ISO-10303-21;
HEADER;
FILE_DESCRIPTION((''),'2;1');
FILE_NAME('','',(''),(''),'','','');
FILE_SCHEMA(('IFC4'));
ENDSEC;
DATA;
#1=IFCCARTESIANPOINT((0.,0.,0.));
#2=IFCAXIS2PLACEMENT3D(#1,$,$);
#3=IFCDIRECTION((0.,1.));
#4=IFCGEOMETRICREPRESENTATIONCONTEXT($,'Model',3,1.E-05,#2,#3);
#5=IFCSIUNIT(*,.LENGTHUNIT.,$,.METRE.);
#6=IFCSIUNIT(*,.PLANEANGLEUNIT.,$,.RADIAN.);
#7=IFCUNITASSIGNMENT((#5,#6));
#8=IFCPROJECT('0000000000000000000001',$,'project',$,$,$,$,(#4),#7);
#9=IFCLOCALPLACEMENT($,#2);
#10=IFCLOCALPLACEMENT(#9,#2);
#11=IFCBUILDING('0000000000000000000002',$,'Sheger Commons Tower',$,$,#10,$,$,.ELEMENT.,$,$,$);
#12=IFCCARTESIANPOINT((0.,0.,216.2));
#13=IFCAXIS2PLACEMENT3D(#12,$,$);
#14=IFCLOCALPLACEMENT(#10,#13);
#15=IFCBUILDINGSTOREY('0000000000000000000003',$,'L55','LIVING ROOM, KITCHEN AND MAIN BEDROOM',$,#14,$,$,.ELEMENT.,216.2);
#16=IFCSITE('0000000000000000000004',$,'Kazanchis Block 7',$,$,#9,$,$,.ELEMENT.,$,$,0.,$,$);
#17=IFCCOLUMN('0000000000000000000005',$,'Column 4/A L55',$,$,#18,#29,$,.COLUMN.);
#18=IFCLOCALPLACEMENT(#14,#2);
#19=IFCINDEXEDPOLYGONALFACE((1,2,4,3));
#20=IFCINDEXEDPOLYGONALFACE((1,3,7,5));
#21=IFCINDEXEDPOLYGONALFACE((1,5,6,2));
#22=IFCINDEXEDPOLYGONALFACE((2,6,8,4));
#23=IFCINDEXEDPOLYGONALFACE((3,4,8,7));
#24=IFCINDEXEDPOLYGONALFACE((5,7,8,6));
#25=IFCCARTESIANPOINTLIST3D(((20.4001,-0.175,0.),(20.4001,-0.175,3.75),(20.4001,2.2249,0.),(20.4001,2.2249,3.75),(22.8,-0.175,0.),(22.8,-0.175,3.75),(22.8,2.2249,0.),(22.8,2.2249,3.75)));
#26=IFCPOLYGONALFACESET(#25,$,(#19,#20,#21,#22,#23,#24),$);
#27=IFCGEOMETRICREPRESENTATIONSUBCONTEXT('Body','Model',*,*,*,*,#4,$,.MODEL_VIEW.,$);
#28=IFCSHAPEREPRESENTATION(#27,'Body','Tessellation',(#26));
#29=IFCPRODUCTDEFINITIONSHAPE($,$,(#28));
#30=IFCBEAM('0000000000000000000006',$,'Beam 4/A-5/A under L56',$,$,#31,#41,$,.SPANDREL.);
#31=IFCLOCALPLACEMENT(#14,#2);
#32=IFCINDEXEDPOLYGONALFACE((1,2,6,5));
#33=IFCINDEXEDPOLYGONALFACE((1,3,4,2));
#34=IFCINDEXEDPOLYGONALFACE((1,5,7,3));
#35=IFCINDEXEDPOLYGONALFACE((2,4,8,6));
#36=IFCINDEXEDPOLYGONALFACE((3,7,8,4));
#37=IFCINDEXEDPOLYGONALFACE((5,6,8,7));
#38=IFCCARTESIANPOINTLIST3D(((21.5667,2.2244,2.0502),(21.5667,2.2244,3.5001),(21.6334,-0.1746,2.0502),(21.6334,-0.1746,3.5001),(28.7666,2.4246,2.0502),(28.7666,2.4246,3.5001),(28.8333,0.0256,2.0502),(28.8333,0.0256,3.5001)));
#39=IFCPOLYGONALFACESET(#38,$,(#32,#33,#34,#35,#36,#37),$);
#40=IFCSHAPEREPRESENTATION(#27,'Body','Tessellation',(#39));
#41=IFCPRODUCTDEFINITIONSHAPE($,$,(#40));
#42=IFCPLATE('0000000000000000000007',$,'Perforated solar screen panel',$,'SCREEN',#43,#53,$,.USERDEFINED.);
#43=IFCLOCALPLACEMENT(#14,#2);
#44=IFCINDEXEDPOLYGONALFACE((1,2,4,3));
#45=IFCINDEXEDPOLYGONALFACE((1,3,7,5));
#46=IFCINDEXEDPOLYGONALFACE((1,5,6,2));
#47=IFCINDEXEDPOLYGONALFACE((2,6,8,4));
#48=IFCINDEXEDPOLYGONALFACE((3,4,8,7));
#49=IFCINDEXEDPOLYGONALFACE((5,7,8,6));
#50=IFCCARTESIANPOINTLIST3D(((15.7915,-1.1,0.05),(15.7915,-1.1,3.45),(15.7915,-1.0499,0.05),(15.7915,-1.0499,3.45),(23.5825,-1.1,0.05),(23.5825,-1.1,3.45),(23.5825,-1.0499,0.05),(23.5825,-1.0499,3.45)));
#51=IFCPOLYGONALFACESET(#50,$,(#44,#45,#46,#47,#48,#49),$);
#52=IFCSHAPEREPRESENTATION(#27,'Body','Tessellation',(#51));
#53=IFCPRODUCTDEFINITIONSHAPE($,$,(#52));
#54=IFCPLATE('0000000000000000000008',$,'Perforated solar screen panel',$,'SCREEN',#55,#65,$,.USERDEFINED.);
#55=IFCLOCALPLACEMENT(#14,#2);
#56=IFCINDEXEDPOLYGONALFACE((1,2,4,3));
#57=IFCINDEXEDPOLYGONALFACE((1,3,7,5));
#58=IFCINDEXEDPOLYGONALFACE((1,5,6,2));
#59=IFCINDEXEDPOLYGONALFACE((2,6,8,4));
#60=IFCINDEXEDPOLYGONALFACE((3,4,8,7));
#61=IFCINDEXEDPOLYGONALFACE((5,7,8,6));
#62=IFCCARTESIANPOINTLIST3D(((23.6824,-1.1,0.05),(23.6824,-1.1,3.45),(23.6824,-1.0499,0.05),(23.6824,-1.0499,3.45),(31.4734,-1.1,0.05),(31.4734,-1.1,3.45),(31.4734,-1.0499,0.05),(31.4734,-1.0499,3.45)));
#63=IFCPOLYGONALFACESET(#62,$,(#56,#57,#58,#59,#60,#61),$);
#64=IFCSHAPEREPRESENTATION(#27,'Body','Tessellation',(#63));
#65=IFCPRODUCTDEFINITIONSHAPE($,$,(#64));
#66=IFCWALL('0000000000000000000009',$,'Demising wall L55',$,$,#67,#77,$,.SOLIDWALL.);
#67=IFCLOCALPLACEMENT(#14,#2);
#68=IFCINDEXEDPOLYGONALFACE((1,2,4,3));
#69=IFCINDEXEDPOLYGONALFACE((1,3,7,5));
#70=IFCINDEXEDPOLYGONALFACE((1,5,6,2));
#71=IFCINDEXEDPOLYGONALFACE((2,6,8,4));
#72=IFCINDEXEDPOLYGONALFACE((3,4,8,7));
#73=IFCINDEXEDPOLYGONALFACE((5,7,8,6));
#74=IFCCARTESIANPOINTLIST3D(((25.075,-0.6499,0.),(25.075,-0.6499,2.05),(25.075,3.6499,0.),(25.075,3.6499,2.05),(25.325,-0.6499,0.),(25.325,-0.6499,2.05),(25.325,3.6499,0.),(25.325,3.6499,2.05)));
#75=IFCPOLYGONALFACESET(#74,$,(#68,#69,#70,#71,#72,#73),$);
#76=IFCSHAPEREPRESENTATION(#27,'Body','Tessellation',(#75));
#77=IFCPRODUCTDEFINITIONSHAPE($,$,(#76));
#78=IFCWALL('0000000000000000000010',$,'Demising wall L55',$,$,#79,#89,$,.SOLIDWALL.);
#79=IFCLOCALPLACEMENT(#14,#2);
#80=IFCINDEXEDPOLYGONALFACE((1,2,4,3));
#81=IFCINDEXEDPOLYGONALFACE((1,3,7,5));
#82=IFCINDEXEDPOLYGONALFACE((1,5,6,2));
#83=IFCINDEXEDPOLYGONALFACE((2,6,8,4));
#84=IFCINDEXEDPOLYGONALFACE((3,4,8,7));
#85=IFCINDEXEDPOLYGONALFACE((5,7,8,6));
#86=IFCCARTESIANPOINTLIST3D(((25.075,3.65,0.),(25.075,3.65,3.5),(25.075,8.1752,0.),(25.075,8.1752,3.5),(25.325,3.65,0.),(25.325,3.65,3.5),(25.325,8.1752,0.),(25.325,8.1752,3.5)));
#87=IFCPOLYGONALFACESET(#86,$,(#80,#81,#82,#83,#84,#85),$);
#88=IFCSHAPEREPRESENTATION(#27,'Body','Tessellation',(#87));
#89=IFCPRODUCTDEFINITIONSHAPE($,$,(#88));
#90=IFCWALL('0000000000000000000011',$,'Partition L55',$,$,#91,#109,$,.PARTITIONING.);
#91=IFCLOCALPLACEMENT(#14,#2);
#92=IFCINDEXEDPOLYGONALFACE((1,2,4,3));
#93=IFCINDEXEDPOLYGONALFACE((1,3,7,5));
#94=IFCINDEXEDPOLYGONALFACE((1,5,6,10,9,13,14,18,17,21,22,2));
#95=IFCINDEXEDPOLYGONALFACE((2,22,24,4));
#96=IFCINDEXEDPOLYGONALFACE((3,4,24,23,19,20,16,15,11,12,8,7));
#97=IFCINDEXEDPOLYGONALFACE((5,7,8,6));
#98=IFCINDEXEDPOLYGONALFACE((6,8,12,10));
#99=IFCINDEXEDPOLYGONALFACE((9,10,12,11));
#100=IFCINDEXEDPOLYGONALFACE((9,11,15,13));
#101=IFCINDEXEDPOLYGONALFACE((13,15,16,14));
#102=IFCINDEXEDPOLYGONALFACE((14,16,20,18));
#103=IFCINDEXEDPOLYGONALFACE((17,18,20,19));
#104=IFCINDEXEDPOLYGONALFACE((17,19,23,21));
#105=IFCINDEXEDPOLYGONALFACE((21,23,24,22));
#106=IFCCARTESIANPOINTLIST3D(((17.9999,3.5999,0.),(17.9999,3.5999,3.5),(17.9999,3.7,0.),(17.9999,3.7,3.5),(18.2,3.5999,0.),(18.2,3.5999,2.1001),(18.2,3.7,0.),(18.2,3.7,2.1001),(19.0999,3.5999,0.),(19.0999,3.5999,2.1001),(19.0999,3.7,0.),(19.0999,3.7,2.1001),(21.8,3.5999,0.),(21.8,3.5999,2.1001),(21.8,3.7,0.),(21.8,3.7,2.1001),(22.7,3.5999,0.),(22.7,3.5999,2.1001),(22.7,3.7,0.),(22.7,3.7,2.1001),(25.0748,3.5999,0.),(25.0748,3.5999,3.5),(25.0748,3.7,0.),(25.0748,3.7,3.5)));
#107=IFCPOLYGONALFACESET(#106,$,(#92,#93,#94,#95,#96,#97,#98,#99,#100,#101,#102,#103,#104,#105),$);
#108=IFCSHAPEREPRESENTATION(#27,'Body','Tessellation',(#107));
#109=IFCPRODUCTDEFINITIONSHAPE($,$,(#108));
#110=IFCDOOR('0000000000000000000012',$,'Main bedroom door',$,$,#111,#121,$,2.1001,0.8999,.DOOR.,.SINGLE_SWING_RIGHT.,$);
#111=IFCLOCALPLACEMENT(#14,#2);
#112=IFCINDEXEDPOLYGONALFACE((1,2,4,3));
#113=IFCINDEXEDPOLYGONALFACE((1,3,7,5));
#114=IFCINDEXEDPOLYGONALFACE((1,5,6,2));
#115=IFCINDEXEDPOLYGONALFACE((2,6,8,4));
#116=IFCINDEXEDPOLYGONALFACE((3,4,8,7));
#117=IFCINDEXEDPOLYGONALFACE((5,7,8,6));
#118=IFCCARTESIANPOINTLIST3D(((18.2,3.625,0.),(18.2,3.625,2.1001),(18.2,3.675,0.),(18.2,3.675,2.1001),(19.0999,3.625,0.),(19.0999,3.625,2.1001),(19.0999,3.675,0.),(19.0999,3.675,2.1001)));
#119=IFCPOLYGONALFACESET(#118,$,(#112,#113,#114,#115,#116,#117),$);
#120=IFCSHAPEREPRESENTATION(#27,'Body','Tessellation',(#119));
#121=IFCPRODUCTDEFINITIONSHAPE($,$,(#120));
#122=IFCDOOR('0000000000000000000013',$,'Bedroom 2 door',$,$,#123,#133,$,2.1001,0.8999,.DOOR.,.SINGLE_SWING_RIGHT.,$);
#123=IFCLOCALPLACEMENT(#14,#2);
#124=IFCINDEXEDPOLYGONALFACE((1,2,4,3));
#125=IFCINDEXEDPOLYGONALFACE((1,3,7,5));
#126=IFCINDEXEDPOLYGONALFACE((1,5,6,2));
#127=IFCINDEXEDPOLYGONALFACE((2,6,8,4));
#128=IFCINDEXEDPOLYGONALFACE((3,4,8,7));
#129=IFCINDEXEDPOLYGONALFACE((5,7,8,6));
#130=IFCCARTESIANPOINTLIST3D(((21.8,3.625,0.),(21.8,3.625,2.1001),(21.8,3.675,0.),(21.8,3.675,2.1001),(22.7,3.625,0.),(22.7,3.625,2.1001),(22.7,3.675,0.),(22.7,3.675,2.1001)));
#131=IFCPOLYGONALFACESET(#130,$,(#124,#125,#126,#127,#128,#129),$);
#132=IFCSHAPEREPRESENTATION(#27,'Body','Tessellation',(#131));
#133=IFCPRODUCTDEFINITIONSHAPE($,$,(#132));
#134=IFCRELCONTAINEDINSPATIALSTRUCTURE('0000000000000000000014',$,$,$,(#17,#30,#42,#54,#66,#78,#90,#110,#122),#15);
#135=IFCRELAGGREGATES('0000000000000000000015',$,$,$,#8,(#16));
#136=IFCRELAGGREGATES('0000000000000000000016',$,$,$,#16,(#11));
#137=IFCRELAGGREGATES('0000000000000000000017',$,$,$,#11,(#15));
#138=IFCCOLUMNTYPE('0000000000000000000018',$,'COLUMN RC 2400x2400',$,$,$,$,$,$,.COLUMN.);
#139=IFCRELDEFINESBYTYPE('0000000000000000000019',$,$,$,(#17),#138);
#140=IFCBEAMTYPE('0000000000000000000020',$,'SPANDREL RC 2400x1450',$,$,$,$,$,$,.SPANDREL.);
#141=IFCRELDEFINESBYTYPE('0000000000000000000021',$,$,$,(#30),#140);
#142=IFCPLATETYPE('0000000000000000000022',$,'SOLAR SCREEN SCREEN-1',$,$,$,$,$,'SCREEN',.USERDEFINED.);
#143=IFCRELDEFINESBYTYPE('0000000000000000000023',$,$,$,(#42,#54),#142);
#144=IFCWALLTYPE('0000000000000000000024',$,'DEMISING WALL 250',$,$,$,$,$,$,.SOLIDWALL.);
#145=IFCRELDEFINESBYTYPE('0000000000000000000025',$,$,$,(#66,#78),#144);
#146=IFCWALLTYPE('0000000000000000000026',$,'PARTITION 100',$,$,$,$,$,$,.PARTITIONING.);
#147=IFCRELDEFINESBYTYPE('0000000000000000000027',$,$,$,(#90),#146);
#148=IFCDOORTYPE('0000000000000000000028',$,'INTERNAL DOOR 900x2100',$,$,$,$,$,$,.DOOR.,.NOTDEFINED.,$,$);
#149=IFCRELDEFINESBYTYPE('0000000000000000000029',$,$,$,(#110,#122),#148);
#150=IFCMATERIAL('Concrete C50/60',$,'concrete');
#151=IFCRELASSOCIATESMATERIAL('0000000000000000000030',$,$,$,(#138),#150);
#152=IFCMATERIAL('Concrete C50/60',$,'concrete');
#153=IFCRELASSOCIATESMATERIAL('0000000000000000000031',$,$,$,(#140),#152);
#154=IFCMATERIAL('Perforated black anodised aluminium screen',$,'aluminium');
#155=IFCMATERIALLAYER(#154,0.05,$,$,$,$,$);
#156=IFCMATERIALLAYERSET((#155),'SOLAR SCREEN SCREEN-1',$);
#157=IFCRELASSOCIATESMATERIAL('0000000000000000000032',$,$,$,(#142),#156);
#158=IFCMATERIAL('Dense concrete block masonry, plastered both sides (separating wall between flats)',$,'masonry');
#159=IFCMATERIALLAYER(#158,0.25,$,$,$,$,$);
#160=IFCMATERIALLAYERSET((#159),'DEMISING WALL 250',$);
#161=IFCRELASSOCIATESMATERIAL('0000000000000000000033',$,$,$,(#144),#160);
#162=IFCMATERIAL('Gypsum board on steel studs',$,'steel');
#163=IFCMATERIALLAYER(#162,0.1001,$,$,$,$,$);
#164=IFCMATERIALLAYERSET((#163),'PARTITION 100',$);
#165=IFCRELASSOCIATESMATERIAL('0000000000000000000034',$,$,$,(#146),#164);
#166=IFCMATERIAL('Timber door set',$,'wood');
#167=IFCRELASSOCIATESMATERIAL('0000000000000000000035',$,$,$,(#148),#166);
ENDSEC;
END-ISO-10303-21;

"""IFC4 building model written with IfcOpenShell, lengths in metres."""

from ifc_helpers import new_model, si_unit, direction, frame, frame_2d, origin, origin_2d, place, context, subcontext, project, spatial, rectangle, extrude, material, layer, layer_set, material_profile, profile_set, type_object, element, fill, save


model = new_model("IFC4")

# Units and contexts
model_context = context("Model", 3, precision=1e-05, world=origin(), true_north=direction((0.0, 1.0)))
body_context = subcontext(model_context, "Body", "Model", "MODEL_VIEW")
ifc_project = project(units=[si_unit("LENGTHUNIT", "METRE"), si_unit("PLANEANGLEUNIT", "RADIAN")], contexts=[model_context])

# Site, building, storey
site_placement = place(None, origin())
site = spatial("IfcSite", under=ifc_project, at=site_placement, Name="Kazanchis Block 7", CompositionType="ELEMENT", RefElevation=0.0)
building_placement = place(site_placement, origin())
building = spatial("IfcBuilding", under=site, at=building_placement, Name="Sheger Commons Tower", CompositionType="ELEMENT")
storey_placement = place(building_placement, frame((0.0, 0.0, 216.2)))
storey = spatial("IfcBuildingStorey", under=building, at=storey_placement, Name="L55", Description="LIVING ROOM, KITCHEN AND MAIN BEDROOM", CompositionType="ELEMENT", Elevation=216.2)

# Column
ifc_material_1 = material(Name="Concrete C50/60", Category="concrete")
ifc_material_profile_1 = material_profile(ifc_material_1, rectangle(XDim=2.3999, YDim=2.3999, at=origin_2d()), Name="RC 2400x2400")
ifc_profile_set_1 = profile_set([ifc_material_profile_1], Name="Concrete C50/60")
column_type = type_object("IfcColumnType", Name="COLUMN RC 2400x2400", PredefinedType="COLUMN", material=ifc_profile_set_1)
column_placement = place(storey_placement, frame((21.6001, 1.0249, 0.0), z_axis=(0.0, 0.0, 1.0), x_axis=(1.0, 0.0, 0.0)))
element("IfcColumn", 1, at=column_placement, inside=storey, type_object=column_type, Name="Column 4/A L55", PredefinedType="COLUMN", context=body_context, shape_type="SweptSolid", body=[
    extrude(rectangle(XDim=2.3999, YDim=2.3999, at=origin_2d()), origin(), (0.0, 0.0, 1.0), 3.75),
])

# Beam
ifc_material_2 = material(Name="Concrete C50/60", Category="concrete")
ifc_material_profile_2 = material_profile(ifc_material_2, rectangle(XDim=2.3999, YDim=1.45, at=origin_2d()), Name="RC 2400x1450")
ifc_profile_set_2 = profile_set([ifc_material_profile_2], Name="Concrete C50/60")
beam_type = type_object("IfcBeamType", Name="SPANDREL RC 2400x1450", PredefinedType="SPANDREL", material=ifc_profile_set_2)
beam_placement = place(storey_placement, frame((21.6001, 1.0249, 2.7751), z_axis=(0.999614, 0.027794, 0.0), x_axis=(-0.027794, 0.999614, 0.0)))
element("IfcBeam", 2, at=beam_placement, inside=storey, type_object=beam_type, Name="Beam 4/A-5/A under L56", PredefinedType="SPANDREL", context=body_context, shape_type="SweptSolid", body=[
    extrude(rectangle(XDim=2.3999, YDim=1.45, at=origin_2d()), origin(), (0.0, 0.0, 1.0), 7.2026),
])

# Plates
ifc_material_3 = material(Name="Perforated black anodised aluminium screen", Category="aluminium")
ifc_layer_1 = layer(ifc_material_3, 0.05)
ifc_layer_set_1 = layer_set([ifc_layer_1], Name="SOLAR SCREEN SCREEN-1")
plate_type = type_object("IfcPlateType", Name="SOLAR SCREEN SCREEN-1", ElementType="SCREEN", PredefinedType="USERDEFINED", material=ifc_layer_set_1)
for number, where, z_axis, x_axis, name in (
    (3, (19.687, -1.075, 0.05), (0.0, 0.0, 1.0), (1.0, 0.0, 0.0), "Perforated solar screen panel"),
    (4, (27.5779, -1.075, 0.05), (0.0, 0.0, 1.0), (1.0, 0.0, 0.0), "Perforated solar screen panel"),
):
    element("IfcPlate", number, at=place(storey_placement, frame(where, z_axis=z_axis, x_axis=x_axis)), inside=storey, type_object=plate_type, Name=name, ObjectType="SCREEN", PredefinedType="USERDEFINED", context=body_context, shape_type="SweptSolid", body=[
        extrude(rectangle(XDim=7.791, YDim=0.05, at=origin_2d()), origin(), (0.0, 0.0, 1.0), 3.3999),
    ])

# Walls
ifc_material_4 = material(Name="Dense concrete block masonry, plastered both sides (separating wall between flats)", Category="masonry")
ifc_layer_2 = layer(ifc_material_4, 0.25)
ifc_layer_set_2 = layer_set([ifc_layer_2], Name="DEMISING WALL 250")
wall_type_1 = type_object("IfcWallType", Name="DEMISING WALL 250", PredefinedType="SOLIDWALL", material=ifc_layer_set_2)
wall_1_placement = place(storey_placement, frame((25.2, -0.6499, 0.0), z_axis=(0.0, 0.0, 1.0), x_axis=(0.0, 1.0, 0.0)))
element("IfcWall", 5, at=wall_1_placement, inside=storey, type_object=wall_type_1, Name="Demising wall L55", PredefinedType="SOLIDWALL", context=body_context, shape_type="SweptSolid", body=[
    extrude(rectangle(XDim=4.2998, YDim=0.25, at=frame_2d((2.1499, 0.0))), origin(), (0.0, 0.0, 1.0), 2.05),
])
wall_2_placement = place(storey_placement, frame((25.2, 3.6499, 0.0), z_axis=(0.0, 0.0, 1.0), x_axis=(0.0, 1.0, 0.0)))
element("IfcWall", 6, at=wall_2_placement, inside=storey, type_object=wall_type_1, Name="Demising wall L55", PredefinedType="SOLIDWALL", context=body_context, shape_type="SweptSolid", body=[
    extrude(rectangle(XDim=4.5251, YDim=0.25, at=frame_2d((2.2627, 0.0))), origin(), (0.0, 0.0, 1.0), 3.5),
])

# Wall, openings, doors
ifc_material_5 = material(Name="Gypsum board on steel studs", Category="steel")
ifc_layer_3 = layer(ifc_material_5, 0.1001)
ifc_layer_set_3 = layer_set([ifc_layer_3], Name="PARTITION 100")
wall_type_2 = type_object("IfcWallType", Name="PARTITION 100", PredefinedType="PARTITIONING", material=ifc_layer_set_3)
wall_3_placement = place(storey_placement, frame((25.075, 3.6499, 0.0), z_axis=(0.0, 0.0, 1.0), x_axis=(-1.0, 0.0, 0.0)))
wall_3 = element("IfcWall", 7, at=wall_3_placement, inside=storey, type_object=wall_type_2, Name="Partition L55", PredefinedType="PARTITIONING", context=body_context, shape_type="SweptSolid", body=[
    extrude(rectangle(XDim=7.075, YDim=0.1001, at=frame_2d((3.5376, 0.0))), origin(), (0.0, 0.0, 1.0), 3.5),
])
opening_1_placement = place(wall_3_placement, frame((5.9751, 0.0, 0.0)))
opening_1 = element("IfcOpeningElement", 8, at=opening_1_placement, cuts=wall_3, PredefinedType="OPENING", context=body_context, shape_type="SweptSolid", body=[
    extrude(rectangle(XDim=0.8999, YDim=2.1001, at=frame_2d((0.45, 1.05))), frame((0.0, 0.0601, 0.0), z_axis=(0.0, -1.0, 0.0), x_axis=(1.0, 0.0, 0.0)), (0.0, 0.0, 1.0), 0.1201),
])
opening_2_placement = place(wall_3_placement, frame((2.375, 0.0, 0.0)))
opening_2 = element("IfcOpeningElement", 9, at=opening_2_placement, cuts=wall_3, PredefinedType="OPENING", context=body_context, shape_type="SweptSolid", body=[
    extrude(rectangle(XDim=0.8999, YDim=2.1001, at=frame_2d((0.45, 1.05))), frame((0.0, 0.0601, 0.0), z_axis=(0.0, -1.0, 0.0), x_axis=(1.0, 0.0, 0.0)), (0.0, 0.0, 1.0), 0.1201),
])
ifc_material_6 = material(Name="Timber door set", Category="wood")
door_type = type_object("IfcDoorType", Name="INTERNAL DOOR 900x2100", OperationType="NOTDEFINED", PredefinedType="DOOR", material=ifc_material_6)
door_1_placement = place(opening_1_placement, origin())
door_1 = element("IfcDoor", 10, at=door_1_placement, inside=storey, type_object=door_type, Name="Main bedroom door", OperationType="SINGLE_SWING_RIGHT", OverallHeight=2.1001, OverallWidth=0.8999, PredefinedType="DOOR", context=body_context, shape_type="SweptSolid", body=[
    extrude(rectangle(XDim=0.8999, YDim=2.1001, at=frame_2d((0.45, 1.05))), frame((0.0, 0.0249, 0.0), z_axis=(0.0, -1.0, 0.0), x_axis=(1.0, 0.0, 0.0)), (0.0, 0.0, 1.0), 0.05),
])
fill(opening_1, door_1)
door_2_placement = place(opening_2_placement, origin())
door_2 = element("IfcDoor", 11, at=door_2_placement, inside=storey, type_object=door_type, Name="Bedroom 2 door", OperationType="SINGLE_SWING_RIGHT", OverallHeight=2.1001, OverallWidth=0.8999, PredefinedType="DOOR", context=body_context, shape_type="SweptSolid", body=[
    extrude(rectangle(XDim=0.8999, YDim=2.1001, at=frame_2d((0.45, 1.05))), frame((0.0, 0.0249, 0.0), z_axis=(0.0, -1.0, 0.0), x_axis=(1.0, 0.0, 0.0)), (0.0, 0.0, 1.0), 0.05),
])
fill(opening_2, door_2)

save(model, "model.ifc")
